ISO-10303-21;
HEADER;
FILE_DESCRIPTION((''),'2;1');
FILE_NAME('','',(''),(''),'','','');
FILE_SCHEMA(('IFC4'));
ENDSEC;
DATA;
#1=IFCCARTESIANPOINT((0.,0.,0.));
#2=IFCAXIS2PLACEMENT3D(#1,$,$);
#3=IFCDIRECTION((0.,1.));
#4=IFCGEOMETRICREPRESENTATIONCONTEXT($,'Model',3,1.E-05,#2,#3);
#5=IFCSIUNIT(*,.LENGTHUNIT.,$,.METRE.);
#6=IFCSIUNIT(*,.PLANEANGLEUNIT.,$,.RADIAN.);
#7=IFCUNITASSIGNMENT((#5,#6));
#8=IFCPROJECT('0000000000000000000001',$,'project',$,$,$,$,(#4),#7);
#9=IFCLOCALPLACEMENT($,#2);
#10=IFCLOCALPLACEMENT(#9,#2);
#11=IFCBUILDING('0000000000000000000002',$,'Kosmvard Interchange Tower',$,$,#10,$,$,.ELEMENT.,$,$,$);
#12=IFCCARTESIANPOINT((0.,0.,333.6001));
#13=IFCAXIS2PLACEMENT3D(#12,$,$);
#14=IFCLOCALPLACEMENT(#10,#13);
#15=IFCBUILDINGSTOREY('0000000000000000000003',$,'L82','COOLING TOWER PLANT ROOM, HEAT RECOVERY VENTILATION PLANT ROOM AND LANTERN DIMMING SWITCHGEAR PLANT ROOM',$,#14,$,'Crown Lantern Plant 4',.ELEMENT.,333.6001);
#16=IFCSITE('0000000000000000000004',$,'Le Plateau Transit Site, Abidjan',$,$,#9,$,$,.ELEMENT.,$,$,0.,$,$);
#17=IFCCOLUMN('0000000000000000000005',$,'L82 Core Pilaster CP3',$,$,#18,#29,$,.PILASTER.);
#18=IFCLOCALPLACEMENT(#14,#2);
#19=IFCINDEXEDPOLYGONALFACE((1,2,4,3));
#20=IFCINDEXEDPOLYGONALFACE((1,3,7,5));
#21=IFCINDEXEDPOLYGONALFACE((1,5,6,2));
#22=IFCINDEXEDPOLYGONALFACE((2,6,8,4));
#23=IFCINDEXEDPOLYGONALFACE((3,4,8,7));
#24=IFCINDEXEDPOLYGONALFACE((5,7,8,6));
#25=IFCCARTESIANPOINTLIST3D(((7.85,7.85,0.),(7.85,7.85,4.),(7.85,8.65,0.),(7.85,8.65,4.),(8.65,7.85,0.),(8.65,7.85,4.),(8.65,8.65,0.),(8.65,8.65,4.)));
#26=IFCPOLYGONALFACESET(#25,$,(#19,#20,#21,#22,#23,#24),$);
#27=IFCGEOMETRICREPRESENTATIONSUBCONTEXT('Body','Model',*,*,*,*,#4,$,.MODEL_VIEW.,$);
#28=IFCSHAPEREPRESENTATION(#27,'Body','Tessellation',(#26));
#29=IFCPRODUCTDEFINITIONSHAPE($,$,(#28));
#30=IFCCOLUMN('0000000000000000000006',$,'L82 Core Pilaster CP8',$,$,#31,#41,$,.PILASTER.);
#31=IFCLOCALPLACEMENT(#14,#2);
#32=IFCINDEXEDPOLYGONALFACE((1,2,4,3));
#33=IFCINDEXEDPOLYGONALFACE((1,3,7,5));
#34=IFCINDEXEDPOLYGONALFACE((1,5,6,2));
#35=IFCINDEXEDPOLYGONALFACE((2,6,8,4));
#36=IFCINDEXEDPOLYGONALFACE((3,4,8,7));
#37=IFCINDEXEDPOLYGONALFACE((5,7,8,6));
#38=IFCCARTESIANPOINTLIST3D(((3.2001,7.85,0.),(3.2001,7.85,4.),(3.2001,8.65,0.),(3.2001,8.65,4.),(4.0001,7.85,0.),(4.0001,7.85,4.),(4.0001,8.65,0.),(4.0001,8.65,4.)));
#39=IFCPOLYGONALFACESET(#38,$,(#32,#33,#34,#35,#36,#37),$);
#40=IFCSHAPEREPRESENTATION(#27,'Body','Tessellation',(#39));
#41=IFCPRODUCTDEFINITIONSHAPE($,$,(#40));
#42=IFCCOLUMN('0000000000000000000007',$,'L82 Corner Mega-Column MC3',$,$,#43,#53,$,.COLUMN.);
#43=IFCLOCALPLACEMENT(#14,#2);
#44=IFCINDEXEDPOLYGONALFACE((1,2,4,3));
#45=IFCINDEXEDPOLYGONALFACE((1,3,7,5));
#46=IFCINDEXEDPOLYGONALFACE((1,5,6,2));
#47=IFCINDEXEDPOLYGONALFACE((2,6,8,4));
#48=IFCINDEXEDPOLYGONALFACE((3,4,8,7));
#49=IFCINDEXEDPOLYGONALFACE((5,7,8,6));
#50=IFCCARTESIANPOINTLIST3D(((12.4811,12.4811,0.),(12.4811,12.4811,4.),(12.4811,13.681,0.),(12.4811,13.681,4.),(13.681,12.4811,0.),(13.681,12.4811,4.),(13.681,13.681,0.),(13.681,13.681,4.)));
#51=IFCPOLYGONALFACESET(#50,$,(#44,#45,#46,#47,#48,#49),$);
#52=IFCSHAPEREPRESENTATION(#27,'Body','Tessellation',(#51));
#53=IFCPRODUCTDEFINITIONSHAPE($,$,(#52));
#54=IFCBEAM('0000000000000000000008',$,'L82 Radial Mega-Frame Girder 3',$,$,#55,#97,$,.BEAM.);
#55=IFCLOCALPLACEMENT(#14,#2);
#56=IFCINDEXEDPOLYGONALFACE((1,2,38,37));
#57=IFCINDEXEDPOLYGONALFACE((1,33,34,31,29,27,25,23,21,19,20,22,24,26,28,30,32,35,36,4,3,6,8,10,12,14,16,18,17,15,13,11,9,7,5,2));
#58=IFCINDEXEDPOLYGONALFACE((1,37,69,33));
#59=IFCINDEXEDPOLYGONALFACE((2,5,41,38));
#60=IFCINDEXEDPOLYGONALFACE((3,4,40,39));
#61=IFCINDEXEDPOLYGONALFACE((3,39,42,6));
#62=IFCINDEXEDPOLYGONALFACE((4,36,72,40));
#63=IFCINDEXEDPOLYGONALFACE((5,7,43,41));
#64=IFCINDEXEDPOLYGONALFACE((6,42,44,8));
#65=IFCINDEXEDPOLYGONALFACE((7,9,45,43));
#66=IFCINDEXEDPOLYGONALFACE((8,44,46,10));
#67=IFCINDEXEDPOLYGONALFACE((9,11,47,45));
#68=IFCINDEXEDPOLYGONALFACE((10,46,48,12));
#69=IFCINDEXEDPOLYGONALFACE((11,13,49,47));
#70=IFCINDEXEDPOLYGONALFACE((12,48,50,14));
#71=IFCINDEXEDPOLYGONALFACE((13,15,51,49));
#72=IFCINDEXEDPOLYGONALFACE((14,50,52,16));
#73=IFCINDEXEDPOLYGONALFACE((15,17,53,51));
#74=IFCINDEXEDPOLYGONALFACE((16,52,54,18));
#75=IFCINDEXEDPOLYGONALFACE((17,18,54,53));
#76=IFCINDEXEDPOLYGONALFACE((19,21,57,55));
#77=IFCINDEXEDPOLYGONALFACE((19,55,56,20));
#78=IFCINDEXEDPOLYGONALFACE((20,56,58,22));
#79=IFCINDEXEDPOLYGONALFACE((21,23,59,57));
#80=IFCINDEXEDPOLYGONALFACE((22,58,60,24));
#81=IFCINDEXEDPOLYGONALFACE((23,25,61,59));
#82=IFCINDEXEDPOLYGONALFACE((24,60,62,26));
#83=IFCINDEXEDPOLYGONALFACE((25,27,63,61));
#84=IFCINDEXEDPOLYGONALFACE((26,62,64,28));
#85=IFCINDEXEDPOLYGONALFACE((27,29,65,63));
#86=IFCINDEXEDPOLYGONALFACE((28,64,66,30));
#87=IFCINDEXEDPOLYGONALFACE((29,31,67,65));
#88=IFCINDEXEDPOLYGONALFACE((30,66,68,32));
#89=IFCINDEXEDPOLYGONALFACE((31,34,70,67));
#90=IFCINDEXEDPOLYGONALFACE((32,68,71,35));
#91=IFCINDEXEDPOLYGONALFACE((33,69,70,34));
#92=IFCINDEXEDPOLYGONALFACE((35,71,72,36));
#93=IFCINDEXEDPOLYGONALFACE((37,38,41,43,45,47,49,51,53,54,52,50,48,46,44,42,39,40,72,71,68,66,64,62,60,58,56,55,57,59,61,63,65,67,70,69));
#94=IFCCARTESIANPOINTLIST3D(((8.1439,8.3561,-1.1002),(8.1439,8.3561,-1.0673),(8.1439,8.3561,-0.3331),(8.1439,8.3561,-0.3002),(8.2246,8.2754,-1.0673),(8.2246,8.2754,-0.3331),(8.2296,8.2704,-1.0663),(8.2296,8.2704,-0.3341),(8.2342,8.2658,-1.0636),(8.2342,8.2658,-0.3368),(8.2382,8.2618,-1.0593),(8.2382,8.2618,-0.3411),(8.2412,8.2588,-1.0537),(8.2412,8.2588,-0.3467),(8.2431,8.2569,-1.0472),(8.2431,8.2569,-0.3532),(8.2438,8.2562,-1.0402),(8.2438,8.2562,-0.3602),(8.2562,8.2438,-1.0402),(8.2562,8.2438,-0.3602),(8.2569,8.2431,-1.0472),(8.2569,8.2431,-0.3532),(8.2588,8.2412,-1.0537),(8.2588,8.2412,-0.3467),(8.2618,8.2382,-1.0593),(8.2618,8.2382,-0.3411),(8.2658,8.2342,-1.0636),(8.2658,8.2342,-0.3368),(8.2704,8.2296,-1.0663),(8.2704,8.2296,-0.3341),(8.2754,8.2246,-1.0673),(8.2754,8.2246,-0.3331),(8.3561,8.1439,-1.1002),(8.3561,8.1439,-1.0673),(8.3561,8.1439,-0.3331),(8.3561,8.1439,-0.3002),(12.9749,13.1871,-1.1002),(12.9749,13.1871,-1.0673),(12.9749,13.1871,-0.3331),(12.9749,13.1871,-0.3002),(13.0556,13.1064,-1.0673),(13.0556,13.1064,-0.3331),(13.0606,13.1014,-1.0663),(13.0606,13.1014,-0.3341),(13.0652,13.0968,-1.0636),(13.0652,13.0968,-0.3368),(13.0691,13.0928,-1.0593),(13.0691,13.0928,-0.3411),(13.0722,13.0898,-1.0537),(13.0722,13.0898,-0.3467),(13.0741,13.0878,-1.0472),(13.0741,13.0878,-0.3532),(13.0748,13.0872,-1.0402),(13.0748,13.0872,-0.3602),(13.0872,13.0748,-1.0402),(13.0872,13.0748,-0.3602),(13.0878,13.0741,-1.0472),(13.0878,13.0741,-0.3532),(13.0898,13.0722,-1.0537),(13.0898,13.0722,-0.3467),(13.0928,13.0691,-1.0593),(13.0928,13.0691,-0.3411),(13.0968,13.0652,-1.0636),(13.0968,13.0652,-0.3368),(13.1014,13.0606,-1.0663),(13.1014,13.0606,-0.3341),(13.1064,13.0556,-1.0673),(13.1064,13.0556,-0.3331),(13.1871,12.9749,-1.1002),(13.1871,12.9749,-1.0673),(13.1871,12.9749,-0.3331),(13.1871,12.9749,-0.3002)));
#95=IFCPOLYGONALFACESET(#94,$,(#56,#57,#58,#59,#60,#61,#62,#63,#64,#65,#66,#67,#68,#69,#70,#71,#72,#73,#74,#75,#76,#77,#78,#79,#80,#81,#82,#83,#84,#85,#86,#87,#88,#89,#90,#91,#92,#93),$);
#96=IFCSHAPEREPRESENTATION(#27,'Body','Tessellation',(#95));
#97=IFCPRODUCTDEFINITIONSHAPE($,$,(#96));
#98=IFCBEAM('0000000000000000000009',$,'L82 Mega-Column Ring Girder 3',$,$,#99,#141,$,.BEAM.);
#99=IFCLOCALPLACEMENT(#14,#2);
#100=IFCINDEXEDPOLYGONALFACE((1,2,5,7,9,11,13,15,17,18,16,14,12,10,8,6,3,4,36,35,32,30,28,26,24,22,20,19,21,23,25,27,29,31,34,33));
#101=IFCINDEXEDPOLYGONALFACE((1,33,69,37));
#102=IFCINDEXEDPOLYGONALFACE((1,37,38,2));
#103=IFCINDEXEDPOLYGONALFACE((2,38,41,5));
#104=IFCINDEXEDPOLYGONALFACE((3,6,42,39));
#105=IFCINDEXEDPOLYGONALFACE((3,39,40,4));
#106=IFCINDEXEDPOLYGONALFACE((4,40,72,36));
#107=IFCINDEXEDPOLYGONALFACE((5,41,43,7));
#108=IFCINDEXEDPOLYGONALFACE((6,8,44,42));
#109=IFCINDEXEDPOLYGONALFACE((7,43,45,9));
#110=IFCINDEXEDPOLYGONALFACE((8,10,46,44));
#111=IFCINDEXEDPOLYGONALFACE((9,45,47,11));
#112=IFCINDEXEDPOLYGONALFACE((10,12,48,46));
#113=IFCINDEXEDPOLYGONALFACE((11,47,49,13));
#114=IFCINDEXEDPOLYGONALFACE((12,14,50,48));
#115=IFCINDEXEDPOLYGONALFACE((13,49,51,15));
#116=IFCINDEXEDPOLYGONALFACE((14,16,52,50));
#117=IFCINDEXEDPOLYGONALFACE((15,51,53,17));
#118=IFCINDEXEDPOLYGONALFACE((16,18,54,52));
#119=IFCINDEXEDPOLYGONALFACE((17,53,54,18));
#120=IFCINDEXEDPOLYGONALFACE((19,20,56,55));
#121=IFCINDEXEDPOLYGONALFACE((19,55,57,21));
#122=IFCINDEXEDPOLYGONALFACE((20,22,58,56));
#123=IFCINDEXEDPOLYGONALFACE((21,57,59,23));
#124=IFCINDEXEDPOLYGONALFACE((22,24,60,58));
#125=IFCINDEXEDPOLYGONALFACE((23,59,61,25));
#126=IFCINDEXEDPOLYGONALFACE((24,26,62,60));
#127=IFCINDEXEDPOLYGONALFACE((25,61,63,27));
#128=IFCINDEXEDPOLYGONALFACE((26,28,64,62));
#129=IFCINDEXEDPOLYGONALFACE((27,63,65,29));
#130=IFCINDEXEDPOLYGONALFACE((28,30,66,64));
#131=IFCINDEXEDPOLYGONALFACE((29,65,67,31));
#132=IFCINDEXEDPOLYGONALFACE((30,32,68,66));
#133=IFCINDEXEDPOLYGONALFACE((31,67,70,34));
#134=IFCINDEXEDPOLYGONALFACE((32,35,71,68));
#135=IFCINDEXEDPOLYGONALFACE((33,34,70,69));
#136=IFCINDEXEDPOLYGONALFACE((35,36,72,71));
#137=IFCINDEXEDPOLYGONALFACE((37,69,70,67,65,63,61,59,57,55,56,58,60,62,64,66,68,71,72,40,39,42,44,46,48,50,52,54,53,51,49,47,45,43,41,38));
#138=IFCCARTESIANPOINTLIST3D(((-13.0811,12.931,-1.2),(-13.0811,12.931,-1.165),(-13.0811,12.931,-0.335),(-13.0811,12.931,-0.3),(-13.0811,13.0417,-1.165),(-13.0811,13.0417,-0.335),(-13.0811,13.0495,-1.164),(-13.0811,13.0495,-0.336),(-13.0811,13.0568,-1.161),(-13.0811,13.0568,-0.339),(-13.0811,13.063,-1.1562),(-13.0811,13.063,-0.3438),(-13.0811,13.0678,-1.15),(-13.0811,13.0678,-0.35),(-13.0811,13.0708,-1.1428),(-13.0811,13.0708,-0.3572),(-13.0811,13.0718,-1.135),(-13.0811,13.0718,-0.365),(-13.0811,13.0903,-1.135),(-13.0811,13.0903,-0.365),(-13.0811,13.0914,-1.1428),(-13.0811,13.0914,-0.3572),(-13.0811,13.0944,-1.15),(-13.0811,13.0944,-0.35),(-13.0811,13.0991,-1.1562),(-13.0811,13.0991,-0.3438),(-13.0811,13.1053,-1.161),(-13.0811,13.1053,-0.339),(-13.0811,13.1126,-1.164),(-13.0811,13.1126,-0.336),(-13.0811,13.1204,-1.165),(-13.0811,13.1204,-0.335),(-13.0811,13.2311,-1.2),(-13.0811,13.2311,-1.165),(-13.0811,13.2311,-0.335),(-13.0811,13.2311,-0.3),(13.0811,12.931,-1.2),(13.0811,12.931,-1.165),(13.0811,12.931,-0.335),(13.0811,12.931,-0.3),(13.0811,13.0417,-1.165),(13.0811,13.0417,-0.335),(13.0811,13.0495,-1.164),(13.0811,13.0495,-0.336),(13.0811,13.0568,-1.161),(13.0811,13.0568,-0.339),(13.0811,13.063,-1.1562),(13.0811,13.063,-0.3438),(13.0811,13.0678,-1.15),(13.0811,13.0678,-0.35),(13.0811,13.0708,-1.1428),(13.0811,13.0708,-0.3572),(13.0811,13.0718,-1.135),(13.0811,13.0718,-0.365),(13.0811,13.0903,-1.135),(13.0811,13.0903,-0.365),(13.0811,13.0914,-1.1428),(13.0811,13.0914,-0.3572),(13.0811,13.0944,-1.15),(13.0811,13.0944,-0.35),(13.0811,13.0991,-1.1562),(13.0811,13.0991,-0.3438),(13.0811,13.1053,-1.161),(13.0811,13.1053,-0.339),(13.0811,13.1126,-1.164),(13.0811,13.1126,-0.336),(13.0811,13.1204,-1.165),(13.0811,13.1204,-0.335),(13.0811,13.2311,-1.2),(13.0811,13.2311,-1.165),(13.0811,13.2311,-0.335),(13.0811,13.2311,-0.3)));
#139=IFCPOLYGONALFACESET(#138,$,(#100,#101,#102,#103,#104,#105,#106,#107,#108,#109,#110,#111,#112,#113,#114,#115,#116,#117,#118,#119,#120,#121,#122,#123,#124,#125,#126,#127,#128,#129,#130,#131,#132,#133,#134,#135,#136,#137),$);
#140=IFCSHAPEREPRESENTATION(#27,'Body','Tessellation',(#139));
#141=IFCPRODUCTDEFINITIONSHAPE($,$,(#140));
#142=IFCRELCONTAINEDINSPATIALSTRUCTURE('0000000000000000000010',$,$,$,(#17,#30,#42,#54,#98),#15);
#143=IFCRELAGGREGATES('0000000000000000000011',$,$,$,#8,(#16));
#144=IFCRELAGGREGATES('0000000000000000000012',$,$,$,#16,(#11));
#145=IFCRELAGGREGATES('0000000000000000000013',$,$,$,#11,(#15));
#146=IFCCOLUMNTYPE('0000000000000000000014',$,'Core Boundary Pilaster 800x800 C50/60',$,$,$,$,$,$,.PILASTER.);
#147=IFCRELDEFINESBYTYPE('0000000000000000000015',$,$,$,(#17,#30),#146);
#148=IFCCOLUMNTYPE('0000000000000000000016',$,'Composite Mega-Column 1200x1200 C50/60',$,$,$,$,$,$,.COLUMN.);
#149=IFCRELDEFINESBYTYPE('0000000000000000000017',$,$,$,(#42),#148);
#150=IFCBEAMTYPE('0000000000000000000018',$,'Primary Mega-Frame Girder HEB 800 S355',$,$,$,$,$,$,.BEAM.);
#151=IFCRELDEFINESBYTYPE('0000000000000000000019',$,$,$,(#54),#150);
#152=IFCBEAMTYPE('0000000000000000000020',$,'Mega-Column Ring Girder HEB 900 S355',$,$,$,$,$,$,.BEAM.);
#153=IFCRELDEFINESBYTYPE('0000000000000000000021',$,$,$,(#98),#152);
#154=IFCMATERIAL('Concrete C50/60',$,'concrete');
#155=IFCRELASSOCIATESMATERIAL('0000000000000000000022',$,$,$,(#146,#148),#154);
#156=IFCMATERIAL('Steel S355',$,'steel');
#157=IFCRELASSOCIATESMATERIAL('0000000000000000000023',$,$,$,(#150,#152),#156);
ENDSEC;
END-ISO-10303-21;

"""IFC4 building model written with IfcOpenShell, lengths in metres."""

from ifc_helpers import new_model, si_unit, direction, frame, origin, origin_2d, place, context, subcontext, project, spatial, rectangle, i_section, extrude, source, transform, mapped, material, material_profile, profile_set, type_object, element, save


model = new_model("IFC4")

# Units and contexts
model_context = context("Model", 3, precision=1e-05, world=origin(), true_north=direction((0.0, 1.0)))
body_context = subcontext(model_context, "Body", "Model", "MODEL_VIEW")
ifc_project = project(units=[si_unit("LENGTHUNIT", "METRE"), si_unit("PLANEANGLEUNIT", "RADIAN")], contexts=[model_context])

# Site, building, storey
site_placement = place(None, origin())
site = spatial("IfcSite", under=ifc_project, at=site_placement, Name="Le Plateau Transit Site, Abidjan", CompositionType="ELEMENT", RefElevation=0.0)
building_placement = place(site_placement, origin())
building = spatial("IfcBuilding", under=site, at=building_placement, Name="Kosmvard Interchange Tower", CompositionType="ELEMENT")
storey_placement = place(building_placement, frame((0.0, 0.0, 333.6001)))
storey = spatial("IfcBuildingStorey", under=building, at=storey_placement, Name="L82", Description="COOLING TOWER PLANT ROOM, HEAT RECOVERY VENTILATION PLANT ROOM AND LANTERN DIMMING SWITCHGEAR PLANT ROOM", LongName="Crown Lantern Plant 4", CompositionType="ELEMENT", Elevation=333.6001)

# Columns
ifc_material_1 = material(Name="Concrete C50/60", Category="concrete")
ifc_material_profile_1 = material_profile(ifc_material_1, rectangle(XDim=0.8, YDim=0.8, at=origin_2d()), Name="CP 800x800")
ifc_profile_set_1 = profile_set([ifc_material_profile_1], Name="Concrete C50/60")
column_type_1 = type_object("IfcColumnType", Name="Core Boundary Pilaster 800x800 C50/60", PredefinedType="PILASTER", material=ifc_profile_set_1)
shared_shape_1 = source(origin(), body_context, "Body", "SweptSolid", [
    extrude(rectangle(XDim=0.8, YDim=0.8, at=origin_2d()), origin(), (0.0, 0.0, 1.0), 4.0),
])
for number, where, z_axis, x_axis, name in (
    (1, (8.25, 8.25, 0.0), (0.0, 0.0, 1.0), (1.0, 0.0, 0.0), "L82 Core Pilaster CP3"),
    (2, (3.6001, 8.25, 0.0), (0.0, 0.0, 1.0), (1.0, 0.0, 0.0), "L82 Core Pilaster CP8"),
):
    element("IfcColumn", number, at=place(storey_placement, frame(where, z_axis=z_axis, x_axis=x_axis)), inside=storey, type_object=column_type_1, Name=name, PredefinedType="PILASTER", context=body_context, shape_type="MappedRepresentation", body=[
        mapped(shared_shape_1, transform((0.0, 0.0, 0.0), scale=1.0)),
    ])
ifc_material_profile_2 = material_profile(ifc_material_1, rectangle(XDim=1.2, YDim=1.2, at=origin_2d()), Name="MC 1200x1200")
ifc_profile_set_2 = profile_set([ifc_material_profile_2], Name="Concrete C50/60")
column_type_2 = type_object("IfcColumnType", Name="Composite Mega-Column 1200x1200 C50/60", PredefinedType="COLUMN", material=ifc_profile_set_2)
shared_shape_2 = source(origin(), body_context, "Body", "SweptSolid", [
    extrude(rectangle(XDim=1.2, YDim=1.2, at=origin_2d()), origin(), (0.0, 0.0, 1.0), 4.0),
])
column_placement = place(storey_placement, frame((13.0811, 13.0811, 0.0), z_axis=(0.0, 0.0, 1.0), x_axis=(1.0, 0.0, 0.0)))
element("IfcColumn", 3, at=column_placement, inside=storey, type_object=column_type_2, Name="L82 Corner Mega-Column MC3", PredefinedType="COLUMN", context=body_context, shape_type="MappedRepresentation", body=[
    mapped(shared_shape_2, transform((0.0, 0.0, 0.0), scale=1.0)),
])

# Beams
ifc_material_2 = material(Name="Steel S355", Category="steel")
ifc_material_profile_3 = material_profile(ifc_material_2, i_section(OverallWidth=0.3, OverallDepth=0.8, WebThickness=0.0176, FlangeThickness=0.033, FilletRadius=0.0271, at=origin_2d()), Name="HEB 800")
ifc_profile_set_3 = profile_set([ifc_material_profile_3], Name="Steel S355")
beam_type_1 = type_object("IfcBeamType", Name="Primary Mega-Frame Girder HEB 800 S355", PredefinedType="BEAM", material=ifc_profile_set_3)
shared_shape_3 = source(origin(), body_context, "Body", "SweptSolid", [
    extrude(i_section(OverallWidth=0.3, OverallDepth=0.8, WebThickness=0.0176, FlangeThickness=0.033, FilletRadius=0.0271, at=origin_2d()), origin(), (0.0, 0.0, 1.0), 6.832),
])
beam_1_placement = place(storey_placement, frame((8.25, 8.25, -0.7002), z_axis=(0.707107, 0.707107, 0.0), x_axis=(-0.707107, 0.707107, 0.0)))
element("IfcBeam", 4, at=beam_1_placement, inside=storey, type_object=beam_type_1, Name="L82 Radial Mega-Frame Girder 3", PredefinedType="BEAM", context=body_context, shape_type="MappedRepresentation", body=[
    mapped(shared_shape_3, transform((0.0, 0.0, 0.0), scale=1.0)),
])
ifc_material_profile_4 = material_profile(ifc_material_2, i_section(OverallWidth=0.3, OverallDepth=0.8999, WebThickness=0.0186, FlangeThickness=0.0349, FilletRadius=0.03, at=origin_2d()), Name="HEB 900")
ifc_profile_set_4 = profile_set([ifc_material_profile_4], Name="Steel S355")
beam_type_2 = type_object("IfcBeamType", Name="Mega-Column Ring Girder HEB 900 S355", PredefinedType="BEAM", material=ifc_profile_set_4)
shared_shape_4 = source(origin(), body_context, "Body", "SweptSolid", [
    extrude(i_section(OverallWidth=0.3, OverallDepth=0.8999, WebThickness=0.0186, FlangeThickness=0.0349, FilletRadius=0.03, at=origin_2d()), origin(), (0.0, 0.0, 1.0), 26.1621),
])
beam_2_placement = place(storey_placement, frame((13.0811, 13.0811, -0.75), z_axis=(-1.0, 0.0, 0.0), x_axis=(0.0, -1.0, 0.0)))
element("IfcBeam", 5, at=beam_2_placement, inside=storey, type_object=beam_type_2, Name="L82 Mega-Column Ring Girder 3", PredefinedType="BEAM", context=body_context, shape_type="MappedRepresentation", body=[
    mapped(shared_shape_4, transform((0.0, 0.0, 0.0), scale=1.0)),
])

save(model, "model.ifc")
